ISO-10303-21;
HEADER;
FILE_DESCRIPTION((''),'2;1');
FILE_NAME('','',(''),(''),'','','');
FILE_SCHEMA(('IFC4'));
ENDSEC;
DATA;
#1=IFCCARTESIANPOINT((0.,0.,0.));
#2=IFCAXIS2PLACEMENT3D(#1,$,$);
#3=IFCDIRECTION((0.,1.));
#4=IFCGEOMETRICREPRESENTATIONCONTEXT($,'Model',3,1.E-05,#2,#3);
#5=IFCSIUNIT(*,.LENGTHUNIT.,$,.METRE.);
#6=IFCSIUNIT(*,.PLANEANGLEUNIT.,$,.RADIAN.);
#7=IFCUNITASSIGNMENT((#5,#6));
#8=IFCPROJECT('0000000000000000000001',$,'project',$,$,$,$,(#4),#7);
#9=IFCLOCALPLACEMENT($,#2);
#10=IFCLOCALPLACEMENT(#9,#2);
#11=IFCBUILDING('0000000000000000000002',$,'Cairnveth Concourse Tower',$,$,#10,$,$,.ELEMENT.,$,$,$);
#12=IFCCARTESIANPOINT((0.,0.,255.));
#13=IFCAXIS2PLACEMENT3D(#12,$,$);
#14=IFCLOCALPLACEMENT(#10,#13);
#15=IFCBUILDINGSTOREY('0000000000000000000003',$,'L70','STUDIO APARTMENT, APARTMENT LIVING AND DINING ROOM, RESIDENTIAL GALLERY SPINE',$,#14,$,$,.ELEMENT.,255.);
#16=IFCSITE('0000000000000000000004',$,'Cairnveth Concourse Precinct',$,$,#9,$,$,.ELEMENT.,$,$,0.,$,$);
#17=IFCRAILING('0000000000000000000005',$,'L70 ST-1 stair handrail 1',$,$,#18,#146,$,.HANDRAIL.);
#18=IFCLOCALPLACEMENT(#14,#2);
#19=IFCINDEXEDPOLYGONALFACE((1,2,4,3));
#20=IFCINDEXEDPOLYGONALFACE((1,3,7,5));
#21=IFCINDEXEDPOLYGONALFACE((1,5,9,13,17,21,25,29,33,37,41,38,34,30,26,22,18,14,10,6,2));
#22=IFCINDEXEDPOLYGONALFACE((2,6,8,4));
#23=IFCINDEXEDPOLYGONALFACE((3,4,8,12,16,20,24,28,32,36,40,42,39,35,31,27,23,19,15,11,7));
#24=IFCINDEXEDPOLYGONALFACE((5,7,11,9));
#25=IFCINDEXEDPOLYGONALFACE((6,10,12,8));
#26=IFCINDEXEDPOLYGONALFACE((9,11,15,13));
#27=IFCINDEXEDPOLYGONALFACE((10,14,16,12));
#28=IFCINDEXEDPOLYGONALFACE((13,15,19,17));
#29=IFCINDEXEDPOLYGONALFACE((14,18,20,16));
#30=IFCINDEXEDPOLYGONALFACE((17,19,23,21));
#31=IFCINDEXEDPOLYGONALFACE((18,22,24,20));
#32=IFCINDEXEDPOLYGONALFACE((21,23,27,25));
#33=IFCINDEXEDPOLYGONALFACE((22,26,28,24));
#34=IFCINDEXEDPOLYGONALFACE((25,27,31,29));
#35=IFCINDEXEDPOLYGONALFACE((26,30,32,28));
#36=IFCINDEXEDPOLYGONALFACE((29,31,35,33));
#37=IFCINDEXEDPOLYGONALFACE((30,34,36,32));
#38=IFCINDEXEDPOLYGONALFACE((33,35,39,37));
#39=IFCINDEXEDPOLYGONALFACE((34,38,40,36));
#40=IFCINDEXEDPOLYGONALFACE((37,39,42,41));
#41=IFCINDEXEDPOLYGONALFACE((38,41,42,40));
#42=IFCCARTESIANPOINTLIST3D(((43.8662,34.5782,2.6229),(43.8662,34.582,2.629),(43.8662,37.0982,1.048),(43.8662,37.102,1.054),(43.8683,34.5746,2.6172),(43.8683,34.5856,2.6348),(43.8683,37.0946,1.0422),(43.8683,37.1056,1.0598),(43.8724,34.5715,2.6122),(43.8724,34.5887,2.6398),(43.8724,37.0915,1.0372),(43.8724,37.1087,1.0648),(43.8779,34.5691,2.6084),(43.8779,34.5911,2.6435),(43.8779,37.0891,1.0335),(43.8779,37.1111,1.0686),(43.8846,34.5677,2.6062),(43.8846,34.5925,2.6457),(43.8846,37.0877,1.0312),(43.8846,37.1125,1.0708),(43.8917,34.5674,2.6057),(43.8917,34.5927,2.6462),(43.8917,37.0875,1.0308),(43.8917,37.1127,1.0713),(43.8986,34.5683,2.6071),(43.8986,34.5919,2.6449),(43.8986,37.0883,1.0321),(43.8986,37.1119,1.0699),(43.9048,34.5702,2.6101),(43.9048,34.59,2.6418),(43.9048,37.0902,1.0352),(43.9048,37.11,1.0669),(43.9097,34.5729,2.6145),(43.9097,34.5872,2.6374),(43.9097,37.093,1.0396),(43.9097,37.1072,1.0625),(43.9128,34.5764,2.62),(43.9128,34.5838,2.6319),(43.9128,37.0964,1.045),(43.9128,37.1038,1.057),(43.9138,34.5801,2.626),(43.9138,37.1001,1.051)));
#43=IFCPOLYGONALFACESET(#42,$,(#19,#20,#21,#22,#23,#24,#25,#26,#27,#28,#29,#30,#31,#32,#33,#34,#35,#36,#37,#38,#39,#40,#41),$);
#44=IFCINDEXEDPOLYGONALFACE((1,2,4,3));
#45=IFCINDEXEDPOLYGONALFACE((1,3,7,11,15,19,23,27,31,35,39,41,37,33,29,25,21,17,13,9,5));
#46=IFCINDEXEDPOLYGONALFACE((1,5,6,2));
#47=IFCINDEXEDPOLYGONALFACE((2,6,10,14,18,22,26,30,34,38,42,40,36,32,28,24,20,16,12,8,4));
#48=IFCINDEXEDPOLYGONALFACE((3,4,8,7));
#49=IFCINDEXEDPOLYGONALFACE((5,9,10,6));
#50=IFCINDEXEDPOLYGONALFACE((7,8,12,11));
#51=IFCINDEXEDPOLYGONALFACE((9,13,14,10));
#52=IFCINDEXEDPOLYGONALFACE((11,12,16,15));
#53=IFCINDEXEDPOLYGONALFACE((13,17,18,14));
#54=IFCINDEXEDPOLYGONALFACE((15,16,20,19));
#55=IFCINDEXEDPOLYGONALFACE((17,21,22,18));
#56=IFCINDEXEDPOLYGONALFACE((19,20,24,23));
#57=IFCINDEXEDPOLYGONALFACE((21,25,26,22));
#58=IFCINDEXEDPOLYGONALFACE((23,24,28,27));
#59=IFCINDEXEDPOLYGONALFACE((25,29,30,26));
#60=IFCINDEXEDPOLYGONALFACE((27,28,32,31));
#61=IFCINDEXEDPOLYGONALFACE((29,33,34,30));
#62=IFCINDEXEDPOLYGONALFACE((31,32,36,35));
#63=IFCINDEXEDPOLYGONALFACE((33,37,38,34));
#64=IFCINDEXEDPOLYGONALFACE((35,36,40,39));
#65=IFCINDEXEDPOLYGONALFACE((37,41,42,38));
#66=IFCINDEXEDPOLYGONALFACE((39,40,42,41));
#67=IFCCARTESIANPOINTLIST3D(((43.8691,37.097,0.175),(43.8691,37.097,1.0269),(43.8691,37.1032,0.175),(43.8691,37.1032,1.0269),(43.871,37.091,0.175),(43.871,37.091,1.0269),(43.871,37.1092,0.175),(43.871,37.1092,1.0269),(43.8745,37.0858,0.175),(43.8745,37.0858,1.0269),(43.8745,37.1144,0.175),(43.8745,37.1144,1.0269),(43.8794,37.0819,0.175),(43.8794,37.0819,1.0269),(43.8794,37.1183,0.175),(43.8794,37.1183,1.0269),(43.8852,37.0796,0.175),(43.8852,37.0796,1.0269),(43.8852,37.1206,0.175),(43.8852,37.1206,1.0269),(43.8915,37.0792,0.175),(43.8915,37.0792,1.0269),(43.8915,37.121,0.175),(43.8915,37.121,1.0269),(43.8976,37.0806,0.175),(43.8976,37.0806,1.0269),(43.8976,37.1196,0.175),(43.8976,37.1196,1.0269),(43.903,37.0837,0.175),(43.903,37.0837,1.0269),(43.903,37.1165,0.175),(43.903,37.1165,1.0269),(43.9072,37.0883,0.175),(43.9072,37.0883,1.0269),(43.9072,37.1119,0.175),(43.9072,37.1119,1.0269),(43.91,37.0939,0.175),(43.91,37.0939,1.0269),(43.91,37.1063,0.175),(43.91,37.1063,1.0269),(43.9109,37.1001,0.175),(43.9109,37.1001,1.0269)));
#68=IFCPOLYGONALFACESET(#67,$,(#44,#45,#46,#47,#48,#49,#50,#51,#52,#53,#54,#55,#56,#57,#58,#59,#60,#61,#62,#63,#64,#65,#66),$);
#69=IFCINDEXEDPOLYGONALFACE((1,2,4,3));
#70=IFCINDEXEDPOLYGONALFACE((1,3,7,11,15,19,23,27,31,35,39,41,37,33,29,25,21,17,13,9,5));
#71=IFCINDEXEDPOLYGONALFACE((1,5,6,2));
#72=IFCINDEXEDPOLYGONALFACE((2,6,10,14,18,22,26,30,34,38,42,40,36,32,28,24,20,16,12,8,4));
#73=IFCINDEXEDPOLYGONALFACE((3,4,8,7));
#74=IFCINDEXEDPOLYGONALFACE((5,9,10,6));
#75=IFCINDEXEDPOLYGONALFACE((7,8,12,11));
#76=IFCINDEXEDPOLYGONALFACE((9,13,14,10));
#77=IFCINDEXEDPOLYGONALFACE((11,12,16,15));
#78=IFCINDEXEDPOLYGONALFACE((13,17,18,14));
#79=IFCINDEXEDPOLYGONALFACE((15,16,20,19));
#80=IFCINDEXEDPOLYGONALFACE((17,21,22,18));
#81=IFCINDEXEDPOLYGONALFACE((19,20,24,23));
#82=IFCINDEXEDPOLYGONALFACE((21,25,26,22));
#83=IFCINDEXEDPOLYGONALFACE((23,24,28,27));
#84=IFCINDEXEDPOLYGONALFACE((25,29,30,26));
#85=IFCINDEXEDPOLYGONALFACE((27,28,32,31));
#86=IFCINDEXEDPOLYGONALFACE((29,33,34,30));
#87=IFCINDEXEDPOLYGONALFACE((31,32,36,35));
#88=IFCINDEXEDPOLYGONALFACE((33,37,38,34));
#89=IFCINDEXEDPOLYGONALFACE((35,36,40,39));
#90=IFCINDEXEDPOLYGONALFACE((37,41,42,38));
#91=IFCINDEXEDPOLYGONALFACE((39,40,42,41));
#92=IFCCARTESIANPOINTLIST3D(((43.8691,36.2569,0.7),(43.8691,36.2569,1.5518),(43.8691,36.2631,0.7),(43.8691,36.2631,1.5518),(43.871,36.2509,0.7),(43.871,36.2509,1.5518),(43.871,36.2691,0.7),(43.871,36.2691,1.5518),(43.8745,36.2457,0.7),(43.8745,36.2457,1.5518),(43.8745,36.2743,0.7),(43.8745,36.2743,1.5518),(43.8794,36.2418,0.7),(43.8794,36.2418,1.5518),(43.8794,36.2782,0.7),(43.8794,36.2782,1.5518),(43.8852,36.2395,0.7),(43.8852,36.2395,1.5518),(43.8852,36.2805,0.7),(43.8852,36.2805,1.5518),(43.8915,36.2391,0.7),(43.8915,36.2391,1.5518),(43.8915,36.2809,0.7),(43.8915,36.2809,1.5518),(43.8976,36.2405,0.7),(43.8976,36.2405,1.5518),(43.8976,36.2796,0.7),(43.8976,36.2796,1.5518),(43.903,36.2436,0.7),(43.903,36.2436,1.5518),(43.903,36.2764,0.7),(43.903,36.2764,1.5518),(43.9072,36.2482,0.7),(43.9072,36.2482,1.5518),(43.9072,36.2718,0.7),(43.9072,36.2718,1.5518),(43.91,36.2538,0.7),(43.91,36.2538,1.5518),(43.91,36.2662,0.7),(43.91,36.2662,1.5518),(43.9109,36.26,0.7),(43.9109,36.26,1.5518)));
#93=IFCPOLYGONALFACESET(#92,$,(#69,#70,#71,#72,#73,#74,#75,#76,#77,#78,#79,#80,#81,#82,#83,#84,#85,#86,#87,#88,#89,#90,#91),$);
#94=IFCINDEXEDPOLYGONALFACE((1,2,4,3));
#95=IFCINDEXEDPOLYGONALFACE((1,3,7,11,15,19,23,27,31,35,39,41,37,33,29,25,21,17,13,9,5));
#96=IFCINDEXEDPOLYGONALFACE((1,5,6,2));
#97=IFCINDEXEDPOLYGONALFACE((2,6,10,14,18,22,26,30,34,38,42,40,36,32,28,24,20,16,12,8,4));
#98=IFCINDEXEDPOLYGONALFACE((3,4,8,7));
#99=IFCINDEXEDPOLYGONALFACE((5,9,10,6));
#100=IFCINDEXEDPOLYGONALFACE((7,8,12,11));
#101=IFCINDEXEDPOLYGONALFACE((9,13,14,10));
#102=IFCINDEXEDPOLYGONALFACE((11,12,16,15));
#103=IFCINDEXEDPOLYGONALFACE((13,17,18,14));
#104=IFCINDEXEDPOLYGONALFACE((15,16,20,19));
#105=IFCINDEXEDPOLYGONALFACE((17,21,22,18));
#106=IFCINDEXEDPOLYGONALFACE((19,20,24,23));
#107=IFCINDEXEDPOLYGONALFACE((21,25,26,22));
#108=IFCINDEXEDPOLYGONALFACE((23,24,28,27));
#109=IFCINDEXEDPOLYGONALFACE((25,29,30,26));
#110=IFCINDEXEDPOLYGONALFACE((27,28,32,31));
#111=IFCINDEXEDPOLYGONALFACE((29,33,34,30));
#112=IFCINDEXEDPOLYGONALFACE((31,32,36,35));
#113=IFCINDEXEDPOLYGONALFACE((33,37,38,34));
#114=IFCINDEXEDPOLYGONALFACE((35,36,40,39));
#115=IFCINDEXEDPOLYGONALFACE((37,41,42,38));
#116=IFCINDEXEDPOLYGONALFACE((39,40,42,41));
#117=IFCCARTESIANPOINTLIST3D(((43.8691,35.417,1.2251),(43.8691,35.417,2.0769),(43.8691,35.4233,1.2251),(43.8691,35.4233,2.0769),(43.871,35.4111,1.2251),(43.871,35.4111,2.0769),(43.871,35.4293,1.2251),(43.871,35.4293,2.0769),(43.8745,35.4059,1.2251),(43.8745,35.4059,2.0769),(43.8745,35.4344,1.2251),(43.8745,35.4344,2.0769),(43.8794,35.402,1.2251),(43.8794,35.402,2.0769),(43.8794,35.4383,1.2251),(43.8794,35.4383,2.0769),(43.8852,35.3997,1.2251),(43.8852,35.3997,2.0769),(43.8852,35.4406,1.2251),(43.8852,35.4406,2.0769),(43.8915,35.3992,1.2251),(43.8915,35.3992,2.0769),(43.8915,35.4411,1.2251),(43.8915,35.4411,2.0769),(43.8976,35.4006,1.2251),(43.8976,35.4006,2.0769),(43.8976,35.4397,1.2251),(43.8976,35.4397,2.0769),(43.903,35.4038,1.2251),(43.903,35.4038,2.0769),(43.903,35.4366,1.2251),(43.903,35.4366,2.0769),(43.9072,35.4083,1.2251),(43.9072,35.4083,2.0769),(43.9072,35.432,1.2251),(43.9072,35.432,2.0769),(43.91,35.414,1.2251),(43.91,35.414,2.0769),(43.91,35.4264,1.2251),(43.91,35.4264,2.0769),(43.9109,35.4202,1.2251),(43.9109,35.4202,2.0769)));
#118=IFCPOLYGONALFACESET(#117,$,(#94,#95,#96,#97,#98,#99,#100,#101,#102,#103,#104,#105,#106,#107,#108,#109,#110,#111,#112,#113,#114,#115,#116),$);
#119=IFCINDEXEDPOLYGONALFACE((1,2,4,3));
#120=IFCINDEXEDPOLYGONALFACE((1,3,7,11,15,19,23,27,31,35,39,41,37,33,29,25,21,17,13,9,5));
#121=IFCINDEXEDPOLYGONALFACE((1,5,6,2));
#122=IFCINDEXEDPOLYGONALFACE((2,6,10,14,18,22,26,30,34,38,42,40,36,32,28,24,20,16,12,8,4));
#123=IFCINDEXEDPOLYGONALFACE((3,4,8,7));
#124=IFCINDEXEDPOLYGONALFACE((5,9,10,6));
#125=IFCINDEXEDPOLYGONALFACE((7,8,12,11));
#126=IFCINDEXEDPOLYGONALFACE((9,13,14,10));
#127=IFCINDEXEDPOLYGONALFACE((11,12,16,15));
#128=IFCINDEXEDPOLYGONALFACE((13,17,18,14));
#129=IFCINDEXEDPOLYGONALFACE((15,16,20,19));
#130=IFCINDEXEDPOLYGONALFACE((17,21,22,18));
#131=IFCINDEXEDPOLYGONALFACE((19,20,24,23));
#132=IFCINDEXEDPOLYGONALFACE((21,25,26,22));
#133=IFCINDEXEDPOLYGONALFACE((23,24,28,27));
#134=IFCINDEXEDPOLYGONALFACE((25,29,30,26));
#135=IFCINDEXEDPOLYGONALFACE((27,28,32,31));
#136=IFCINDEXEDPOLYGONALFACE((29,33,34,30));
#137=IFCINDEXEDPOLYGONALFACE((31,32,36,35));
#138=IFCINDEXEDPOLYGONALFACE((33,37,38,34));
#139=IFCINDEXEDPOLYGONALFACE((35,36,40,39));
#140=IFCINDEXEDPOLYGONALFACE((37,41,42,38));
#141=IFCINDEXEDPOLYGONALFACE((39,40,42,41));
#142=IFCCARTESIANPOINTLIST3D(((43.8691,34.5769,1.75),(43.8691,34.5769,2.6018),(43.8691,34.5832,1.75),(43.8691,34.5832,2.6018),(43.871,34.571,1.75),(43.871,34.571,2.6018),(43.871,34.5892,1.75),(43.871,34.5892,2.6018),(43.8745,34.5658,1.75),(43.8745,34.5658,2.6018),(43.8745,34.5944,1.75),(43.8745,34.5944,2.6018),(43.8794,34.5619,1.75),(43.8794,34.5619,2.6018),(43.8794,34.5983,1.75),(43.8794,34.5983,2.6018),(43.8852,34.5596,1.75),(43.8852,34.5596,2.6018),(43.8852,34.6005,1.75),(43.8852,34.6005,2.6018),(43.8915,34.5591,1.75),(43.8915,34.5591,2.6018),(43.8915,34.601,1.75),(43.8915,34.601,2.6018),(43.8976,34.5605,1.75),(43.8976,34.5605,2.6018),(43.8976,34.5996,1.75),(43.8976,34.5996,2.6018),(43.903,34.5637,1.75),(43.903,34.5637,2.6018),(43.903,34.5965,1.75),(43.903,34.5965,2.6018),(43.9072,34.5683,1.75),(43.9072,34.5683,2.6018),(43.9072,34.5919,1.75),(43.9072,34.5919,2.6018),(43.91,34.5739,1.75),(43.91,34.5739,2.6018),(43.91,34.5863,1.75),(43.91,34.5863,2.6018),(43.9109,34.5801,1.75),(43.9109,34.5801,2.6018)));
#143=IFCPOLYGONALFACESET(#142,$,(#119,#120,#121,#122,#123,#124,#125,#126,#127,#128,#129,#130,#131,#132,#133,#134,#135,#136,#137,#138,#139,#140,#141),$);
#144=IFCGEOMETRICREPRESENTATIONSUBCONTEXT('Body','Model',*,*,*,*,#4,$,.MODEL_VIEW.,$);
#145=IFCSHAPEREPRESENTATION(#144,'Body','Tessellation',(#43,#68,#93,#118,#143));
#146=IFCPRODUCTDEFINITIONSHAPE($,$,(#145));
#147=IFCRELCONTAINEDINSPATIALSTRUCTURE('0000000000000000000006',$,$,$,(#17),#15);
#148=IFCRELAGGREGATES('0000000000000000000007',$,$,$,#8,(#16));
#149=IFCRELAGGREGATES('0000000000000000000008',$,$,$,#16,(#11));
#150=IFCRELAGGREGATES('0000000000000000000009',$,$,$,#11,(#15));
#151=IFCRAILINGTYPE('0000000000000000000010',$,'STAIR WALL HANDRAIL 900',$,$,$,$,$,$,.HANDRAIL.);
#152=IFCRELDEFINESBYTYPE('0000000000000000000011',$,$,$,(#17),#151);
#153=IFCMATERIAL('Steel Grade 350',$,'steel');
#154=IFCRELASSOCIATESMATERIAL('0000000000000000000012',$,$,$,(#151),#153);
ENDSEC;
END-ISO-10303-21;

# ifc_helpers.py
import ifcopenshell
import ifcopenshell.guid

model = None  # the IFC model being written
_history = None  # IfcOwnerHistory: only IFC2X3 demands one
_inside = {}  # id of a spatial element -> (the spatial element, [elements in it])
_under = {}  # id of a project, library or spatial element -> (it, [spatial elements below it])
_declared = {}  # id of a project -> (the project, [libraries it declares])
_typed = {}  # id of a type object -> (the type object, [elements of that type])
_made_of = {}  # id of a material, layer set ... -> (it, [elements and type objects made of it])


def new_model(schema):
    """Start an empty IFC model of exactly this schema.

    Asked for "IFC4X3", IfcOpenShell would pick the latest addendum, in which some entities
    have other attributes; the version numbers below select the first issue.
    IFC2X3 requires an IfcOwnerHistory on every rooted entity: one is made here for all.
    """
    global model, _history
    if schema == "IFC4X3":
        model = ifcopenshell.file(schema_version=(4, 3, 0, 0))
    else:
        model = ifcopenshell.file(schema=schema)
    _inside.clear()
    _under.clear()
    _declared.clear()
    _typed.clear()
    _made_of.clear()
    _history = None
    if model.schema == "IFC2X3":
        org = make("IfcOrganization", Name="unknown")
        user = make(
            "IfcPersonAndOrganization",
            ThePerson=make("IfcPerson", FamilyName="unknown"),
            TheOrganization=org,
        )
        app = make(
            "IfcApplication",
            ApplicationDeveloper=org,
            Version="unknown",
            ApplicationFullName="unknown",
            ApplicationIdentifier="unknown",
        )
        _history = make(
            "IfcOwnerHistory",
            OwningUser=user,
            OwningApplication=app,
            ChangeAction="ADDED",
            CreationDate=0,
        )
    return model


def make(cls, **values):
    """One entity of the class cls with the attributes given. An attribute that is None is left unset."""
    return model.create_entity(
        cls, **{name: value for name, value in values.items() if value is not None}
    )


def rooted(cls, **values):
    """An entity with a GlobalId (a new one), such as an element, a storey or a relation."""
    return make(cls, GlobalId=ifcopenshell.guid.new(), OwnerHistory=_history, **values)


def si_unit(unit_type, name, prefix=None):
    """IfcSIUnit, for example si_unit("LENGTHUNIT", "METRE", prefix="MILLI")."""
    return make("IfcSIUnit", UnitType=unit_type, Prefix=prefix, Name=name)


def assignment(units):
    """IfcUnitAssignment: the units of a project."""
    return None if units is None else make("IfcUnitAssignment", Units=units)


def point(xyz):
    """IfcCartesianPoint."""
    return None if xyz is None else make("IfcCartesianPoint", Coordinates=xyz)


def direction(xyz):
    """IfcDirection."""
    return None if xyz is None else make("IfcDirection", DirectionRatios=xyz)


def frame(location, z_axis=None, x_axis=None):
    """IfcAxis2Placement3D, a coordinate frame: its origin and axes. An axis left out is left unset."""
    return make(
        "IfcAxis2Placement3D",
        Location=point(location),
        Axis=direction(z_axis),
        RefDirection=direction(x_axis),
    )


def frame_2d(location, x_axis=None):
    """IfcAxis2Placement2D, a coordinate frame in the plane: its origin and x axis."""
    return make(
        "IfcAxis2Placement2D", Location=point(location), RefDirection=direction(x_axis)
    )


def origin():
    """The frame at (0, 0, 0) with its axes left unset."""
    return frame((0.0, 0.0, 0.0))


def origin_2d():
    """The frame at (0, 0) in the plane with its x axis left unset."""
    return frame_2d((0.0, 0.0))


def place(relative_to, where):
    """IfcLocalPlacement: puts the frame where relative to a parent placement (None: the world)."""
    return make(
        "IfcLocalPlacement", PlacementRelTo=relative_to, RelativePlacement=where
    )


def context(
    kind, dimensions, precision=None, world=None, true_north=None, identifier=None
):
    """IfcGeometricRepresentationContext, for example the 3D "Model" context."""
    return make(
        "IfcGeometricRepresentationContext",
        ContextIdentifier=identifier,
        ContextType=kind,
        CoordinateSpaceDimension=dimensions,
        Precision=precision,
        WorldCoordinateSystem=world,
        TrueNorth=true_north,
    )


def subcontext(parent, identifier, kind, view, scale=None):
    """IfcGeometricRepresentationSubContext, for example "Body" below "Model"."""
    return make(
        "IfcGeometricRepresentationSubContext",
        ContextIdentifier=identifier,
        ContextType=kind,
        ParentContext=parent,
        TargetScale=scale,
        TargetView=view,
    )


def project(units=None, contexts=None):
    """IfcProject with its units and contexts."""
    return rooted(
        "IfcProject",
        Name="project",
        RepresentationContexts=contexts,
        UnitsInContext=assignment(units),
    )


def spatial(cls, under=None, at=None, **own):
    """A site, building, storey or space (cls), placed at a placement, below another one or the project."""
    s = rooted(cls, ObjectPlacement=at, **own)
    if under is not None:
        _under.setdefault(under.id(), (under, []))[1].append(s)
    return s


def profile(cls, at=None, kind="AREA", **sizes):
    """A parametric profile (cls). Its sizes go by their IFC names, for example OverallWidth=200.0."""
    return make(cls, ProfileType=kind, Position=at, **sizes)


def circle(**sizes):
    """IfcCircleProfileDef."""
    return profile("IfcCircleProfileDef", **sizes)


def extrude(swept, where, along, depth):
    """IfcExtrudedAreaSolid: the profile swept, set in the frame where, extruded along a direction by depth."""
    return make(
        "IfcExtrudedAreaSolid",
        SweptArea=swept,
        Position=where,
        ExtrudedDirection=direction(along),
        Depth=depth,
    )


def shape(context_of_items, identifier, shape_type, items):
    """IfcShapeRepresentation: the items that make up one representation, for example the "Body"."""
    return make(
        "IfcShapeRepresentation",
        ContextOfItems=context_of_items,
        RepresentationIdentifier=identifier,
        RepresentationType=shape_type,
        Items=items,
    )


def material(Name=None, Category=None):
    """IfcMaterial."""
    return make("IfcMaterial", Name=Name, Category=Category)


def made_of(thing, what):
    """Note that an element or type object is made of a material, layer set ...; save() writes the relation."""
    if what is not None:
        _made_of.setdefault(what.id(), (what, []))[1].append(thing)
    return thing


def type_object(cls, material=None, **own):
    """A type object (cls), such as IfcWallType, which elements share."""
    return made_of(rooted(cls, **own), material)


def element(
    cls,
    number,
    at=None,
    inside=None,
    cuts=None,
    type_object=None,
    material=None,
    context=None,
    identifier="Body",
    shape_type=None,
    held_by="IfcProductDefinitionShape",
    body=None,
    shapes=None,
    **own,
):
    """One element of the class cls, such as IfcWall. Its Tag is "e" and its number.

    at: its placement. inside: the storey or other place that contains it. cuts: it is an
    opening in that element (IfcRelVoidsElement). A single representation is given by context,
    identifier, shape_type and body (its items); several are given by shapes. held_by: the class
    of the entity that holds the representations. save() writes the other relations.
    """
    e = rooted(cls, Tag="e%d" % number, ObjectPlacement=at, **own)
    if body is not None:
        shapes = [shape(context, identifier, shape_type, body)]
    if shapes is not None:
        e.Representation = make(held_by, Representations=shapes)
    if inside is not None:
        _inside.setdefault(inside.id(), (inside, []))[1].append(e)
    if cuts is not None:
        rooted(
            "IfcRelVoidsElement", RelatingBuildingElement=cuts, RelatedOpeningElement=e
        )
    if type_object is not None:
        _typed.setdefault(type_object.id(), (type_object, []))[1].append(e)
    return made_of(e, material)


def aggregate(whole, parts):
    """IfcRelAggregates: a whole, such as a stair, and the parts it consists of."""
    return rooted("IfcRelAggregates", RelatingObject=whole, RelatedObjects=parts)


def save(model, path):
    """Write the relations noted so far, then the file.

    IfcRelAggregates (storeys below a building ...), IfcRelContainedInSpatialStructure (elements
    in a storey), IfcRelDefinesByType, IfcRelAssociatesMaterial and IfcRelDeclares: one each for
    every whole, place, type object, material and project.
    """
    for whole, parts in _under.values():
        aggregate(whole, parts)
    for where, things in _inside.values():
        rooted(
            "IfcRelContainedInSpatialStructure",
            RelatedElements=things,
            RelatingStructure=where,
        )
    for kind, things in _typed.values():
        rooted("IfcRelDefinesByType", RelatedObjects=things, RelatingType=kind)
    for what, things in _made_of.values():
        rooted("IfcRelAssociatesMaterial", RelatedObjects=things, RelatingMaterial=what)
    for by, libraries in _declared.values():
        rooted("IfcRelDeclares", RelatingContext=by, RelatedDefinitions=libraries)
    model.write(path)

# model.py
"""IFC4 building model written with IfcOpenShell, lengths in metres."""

from ifc_helpers import new_model, si_unit, direction, frame, origin, origin_2d, place, context, subcontext, project, spatial, circle, extrude, material, type_object, element, save


model = new_model("IFC4")

# Units and contexts
model_context = context("Model", 3, precision=1e-05, world=origin(), true_north=direction((0.0, 1.0)))
body_context = subcontext(model_context, "Body", "Model", "MODEL_VIEW")
ifc_project = project(units=[si_unit("LENGTHUNIT", "METRE"), si_unit("PLANEANGLEUNIT", "RADIAN")], contexts=[model_context])

# Site, building, storey
site_placement = place(None, origin())
site = spatial("IfcSite", under=ifc_project, at=site_placement, Name="Cairnveth Concourse Precinct", CompositionType="ELEMENT", RefElevation=0.0)
building_placement = place(site_placement, origin())
building = spatial("IfcBuilding", under=site, at=building_placement, Name="Cairnveth Concourse Tower", CompositionType="ELEMENT")
storey_placement = place(building_placement, frame((0.0, 0.0, 255.0)))
storey = spatial("IfcBuildingStorey", under=building, at=storey_placement, Name="L70", Description="STUDIO APARTMENT, APARTMENT LIVING AND DINING ROOM, RESIDENTIAL GALLERY SPINE", CompositionType="ELEMENT", Elevation=255.0)

# Shared definitions
ifc_material_1 = material(Name="Steel Grade 350", Category="steel")

# Railing
railing_type_1 = type_object("IfcRailingType", Name="STAIR WALL HANDRAIL 900", PredefinedType="HANDRAIL", material=ifc_material_1)
railing_1_placement = place(storey_placement, frame((43.8899, 37.1001, 0.175)))
element("IfcRailing", 1, at=railing_1_placement, inside=storey, type_object=railing_type_1, Name="L70 ST-1 stair handrail 1", PredefinedType="HANDRAIL", context=body_context, shape_type="SweptSolid", body=[
    extrude(circle(Radius=0.0239, at=origin_2d()), frame((0.0, 0.0, 0.876), z_axis=(0.0, -0.848008, 0.529984), x_axis=(1.0, 0.0, 0.0)), (0.0, 0.0, 1.0), 2.9717),
    extrude(circle(Radius=0.021, at=origin_2d()), origin(), (0.0, 0.0, 1.0), 0.8518),
    extrude(circle(Radius=0.021, at=origin_2d()), frame((0.0, -0.8401, 0.5249)), (0.0, 0.0, 1.0), 0.8518),
    extrude(circle(Radius=0.021, at=origin_2d()), frame((0.0, -1.6799, 1.05)), (0.0, 0.0, 1.0), 0.8518),
    extrude(circle(Radius=0.021, at=origin_2d()), frame((0.0, -2.52, 1.575)), (0.0, 0.0, 1.0), 0.8518),
])

save(model, "model.ifc")
